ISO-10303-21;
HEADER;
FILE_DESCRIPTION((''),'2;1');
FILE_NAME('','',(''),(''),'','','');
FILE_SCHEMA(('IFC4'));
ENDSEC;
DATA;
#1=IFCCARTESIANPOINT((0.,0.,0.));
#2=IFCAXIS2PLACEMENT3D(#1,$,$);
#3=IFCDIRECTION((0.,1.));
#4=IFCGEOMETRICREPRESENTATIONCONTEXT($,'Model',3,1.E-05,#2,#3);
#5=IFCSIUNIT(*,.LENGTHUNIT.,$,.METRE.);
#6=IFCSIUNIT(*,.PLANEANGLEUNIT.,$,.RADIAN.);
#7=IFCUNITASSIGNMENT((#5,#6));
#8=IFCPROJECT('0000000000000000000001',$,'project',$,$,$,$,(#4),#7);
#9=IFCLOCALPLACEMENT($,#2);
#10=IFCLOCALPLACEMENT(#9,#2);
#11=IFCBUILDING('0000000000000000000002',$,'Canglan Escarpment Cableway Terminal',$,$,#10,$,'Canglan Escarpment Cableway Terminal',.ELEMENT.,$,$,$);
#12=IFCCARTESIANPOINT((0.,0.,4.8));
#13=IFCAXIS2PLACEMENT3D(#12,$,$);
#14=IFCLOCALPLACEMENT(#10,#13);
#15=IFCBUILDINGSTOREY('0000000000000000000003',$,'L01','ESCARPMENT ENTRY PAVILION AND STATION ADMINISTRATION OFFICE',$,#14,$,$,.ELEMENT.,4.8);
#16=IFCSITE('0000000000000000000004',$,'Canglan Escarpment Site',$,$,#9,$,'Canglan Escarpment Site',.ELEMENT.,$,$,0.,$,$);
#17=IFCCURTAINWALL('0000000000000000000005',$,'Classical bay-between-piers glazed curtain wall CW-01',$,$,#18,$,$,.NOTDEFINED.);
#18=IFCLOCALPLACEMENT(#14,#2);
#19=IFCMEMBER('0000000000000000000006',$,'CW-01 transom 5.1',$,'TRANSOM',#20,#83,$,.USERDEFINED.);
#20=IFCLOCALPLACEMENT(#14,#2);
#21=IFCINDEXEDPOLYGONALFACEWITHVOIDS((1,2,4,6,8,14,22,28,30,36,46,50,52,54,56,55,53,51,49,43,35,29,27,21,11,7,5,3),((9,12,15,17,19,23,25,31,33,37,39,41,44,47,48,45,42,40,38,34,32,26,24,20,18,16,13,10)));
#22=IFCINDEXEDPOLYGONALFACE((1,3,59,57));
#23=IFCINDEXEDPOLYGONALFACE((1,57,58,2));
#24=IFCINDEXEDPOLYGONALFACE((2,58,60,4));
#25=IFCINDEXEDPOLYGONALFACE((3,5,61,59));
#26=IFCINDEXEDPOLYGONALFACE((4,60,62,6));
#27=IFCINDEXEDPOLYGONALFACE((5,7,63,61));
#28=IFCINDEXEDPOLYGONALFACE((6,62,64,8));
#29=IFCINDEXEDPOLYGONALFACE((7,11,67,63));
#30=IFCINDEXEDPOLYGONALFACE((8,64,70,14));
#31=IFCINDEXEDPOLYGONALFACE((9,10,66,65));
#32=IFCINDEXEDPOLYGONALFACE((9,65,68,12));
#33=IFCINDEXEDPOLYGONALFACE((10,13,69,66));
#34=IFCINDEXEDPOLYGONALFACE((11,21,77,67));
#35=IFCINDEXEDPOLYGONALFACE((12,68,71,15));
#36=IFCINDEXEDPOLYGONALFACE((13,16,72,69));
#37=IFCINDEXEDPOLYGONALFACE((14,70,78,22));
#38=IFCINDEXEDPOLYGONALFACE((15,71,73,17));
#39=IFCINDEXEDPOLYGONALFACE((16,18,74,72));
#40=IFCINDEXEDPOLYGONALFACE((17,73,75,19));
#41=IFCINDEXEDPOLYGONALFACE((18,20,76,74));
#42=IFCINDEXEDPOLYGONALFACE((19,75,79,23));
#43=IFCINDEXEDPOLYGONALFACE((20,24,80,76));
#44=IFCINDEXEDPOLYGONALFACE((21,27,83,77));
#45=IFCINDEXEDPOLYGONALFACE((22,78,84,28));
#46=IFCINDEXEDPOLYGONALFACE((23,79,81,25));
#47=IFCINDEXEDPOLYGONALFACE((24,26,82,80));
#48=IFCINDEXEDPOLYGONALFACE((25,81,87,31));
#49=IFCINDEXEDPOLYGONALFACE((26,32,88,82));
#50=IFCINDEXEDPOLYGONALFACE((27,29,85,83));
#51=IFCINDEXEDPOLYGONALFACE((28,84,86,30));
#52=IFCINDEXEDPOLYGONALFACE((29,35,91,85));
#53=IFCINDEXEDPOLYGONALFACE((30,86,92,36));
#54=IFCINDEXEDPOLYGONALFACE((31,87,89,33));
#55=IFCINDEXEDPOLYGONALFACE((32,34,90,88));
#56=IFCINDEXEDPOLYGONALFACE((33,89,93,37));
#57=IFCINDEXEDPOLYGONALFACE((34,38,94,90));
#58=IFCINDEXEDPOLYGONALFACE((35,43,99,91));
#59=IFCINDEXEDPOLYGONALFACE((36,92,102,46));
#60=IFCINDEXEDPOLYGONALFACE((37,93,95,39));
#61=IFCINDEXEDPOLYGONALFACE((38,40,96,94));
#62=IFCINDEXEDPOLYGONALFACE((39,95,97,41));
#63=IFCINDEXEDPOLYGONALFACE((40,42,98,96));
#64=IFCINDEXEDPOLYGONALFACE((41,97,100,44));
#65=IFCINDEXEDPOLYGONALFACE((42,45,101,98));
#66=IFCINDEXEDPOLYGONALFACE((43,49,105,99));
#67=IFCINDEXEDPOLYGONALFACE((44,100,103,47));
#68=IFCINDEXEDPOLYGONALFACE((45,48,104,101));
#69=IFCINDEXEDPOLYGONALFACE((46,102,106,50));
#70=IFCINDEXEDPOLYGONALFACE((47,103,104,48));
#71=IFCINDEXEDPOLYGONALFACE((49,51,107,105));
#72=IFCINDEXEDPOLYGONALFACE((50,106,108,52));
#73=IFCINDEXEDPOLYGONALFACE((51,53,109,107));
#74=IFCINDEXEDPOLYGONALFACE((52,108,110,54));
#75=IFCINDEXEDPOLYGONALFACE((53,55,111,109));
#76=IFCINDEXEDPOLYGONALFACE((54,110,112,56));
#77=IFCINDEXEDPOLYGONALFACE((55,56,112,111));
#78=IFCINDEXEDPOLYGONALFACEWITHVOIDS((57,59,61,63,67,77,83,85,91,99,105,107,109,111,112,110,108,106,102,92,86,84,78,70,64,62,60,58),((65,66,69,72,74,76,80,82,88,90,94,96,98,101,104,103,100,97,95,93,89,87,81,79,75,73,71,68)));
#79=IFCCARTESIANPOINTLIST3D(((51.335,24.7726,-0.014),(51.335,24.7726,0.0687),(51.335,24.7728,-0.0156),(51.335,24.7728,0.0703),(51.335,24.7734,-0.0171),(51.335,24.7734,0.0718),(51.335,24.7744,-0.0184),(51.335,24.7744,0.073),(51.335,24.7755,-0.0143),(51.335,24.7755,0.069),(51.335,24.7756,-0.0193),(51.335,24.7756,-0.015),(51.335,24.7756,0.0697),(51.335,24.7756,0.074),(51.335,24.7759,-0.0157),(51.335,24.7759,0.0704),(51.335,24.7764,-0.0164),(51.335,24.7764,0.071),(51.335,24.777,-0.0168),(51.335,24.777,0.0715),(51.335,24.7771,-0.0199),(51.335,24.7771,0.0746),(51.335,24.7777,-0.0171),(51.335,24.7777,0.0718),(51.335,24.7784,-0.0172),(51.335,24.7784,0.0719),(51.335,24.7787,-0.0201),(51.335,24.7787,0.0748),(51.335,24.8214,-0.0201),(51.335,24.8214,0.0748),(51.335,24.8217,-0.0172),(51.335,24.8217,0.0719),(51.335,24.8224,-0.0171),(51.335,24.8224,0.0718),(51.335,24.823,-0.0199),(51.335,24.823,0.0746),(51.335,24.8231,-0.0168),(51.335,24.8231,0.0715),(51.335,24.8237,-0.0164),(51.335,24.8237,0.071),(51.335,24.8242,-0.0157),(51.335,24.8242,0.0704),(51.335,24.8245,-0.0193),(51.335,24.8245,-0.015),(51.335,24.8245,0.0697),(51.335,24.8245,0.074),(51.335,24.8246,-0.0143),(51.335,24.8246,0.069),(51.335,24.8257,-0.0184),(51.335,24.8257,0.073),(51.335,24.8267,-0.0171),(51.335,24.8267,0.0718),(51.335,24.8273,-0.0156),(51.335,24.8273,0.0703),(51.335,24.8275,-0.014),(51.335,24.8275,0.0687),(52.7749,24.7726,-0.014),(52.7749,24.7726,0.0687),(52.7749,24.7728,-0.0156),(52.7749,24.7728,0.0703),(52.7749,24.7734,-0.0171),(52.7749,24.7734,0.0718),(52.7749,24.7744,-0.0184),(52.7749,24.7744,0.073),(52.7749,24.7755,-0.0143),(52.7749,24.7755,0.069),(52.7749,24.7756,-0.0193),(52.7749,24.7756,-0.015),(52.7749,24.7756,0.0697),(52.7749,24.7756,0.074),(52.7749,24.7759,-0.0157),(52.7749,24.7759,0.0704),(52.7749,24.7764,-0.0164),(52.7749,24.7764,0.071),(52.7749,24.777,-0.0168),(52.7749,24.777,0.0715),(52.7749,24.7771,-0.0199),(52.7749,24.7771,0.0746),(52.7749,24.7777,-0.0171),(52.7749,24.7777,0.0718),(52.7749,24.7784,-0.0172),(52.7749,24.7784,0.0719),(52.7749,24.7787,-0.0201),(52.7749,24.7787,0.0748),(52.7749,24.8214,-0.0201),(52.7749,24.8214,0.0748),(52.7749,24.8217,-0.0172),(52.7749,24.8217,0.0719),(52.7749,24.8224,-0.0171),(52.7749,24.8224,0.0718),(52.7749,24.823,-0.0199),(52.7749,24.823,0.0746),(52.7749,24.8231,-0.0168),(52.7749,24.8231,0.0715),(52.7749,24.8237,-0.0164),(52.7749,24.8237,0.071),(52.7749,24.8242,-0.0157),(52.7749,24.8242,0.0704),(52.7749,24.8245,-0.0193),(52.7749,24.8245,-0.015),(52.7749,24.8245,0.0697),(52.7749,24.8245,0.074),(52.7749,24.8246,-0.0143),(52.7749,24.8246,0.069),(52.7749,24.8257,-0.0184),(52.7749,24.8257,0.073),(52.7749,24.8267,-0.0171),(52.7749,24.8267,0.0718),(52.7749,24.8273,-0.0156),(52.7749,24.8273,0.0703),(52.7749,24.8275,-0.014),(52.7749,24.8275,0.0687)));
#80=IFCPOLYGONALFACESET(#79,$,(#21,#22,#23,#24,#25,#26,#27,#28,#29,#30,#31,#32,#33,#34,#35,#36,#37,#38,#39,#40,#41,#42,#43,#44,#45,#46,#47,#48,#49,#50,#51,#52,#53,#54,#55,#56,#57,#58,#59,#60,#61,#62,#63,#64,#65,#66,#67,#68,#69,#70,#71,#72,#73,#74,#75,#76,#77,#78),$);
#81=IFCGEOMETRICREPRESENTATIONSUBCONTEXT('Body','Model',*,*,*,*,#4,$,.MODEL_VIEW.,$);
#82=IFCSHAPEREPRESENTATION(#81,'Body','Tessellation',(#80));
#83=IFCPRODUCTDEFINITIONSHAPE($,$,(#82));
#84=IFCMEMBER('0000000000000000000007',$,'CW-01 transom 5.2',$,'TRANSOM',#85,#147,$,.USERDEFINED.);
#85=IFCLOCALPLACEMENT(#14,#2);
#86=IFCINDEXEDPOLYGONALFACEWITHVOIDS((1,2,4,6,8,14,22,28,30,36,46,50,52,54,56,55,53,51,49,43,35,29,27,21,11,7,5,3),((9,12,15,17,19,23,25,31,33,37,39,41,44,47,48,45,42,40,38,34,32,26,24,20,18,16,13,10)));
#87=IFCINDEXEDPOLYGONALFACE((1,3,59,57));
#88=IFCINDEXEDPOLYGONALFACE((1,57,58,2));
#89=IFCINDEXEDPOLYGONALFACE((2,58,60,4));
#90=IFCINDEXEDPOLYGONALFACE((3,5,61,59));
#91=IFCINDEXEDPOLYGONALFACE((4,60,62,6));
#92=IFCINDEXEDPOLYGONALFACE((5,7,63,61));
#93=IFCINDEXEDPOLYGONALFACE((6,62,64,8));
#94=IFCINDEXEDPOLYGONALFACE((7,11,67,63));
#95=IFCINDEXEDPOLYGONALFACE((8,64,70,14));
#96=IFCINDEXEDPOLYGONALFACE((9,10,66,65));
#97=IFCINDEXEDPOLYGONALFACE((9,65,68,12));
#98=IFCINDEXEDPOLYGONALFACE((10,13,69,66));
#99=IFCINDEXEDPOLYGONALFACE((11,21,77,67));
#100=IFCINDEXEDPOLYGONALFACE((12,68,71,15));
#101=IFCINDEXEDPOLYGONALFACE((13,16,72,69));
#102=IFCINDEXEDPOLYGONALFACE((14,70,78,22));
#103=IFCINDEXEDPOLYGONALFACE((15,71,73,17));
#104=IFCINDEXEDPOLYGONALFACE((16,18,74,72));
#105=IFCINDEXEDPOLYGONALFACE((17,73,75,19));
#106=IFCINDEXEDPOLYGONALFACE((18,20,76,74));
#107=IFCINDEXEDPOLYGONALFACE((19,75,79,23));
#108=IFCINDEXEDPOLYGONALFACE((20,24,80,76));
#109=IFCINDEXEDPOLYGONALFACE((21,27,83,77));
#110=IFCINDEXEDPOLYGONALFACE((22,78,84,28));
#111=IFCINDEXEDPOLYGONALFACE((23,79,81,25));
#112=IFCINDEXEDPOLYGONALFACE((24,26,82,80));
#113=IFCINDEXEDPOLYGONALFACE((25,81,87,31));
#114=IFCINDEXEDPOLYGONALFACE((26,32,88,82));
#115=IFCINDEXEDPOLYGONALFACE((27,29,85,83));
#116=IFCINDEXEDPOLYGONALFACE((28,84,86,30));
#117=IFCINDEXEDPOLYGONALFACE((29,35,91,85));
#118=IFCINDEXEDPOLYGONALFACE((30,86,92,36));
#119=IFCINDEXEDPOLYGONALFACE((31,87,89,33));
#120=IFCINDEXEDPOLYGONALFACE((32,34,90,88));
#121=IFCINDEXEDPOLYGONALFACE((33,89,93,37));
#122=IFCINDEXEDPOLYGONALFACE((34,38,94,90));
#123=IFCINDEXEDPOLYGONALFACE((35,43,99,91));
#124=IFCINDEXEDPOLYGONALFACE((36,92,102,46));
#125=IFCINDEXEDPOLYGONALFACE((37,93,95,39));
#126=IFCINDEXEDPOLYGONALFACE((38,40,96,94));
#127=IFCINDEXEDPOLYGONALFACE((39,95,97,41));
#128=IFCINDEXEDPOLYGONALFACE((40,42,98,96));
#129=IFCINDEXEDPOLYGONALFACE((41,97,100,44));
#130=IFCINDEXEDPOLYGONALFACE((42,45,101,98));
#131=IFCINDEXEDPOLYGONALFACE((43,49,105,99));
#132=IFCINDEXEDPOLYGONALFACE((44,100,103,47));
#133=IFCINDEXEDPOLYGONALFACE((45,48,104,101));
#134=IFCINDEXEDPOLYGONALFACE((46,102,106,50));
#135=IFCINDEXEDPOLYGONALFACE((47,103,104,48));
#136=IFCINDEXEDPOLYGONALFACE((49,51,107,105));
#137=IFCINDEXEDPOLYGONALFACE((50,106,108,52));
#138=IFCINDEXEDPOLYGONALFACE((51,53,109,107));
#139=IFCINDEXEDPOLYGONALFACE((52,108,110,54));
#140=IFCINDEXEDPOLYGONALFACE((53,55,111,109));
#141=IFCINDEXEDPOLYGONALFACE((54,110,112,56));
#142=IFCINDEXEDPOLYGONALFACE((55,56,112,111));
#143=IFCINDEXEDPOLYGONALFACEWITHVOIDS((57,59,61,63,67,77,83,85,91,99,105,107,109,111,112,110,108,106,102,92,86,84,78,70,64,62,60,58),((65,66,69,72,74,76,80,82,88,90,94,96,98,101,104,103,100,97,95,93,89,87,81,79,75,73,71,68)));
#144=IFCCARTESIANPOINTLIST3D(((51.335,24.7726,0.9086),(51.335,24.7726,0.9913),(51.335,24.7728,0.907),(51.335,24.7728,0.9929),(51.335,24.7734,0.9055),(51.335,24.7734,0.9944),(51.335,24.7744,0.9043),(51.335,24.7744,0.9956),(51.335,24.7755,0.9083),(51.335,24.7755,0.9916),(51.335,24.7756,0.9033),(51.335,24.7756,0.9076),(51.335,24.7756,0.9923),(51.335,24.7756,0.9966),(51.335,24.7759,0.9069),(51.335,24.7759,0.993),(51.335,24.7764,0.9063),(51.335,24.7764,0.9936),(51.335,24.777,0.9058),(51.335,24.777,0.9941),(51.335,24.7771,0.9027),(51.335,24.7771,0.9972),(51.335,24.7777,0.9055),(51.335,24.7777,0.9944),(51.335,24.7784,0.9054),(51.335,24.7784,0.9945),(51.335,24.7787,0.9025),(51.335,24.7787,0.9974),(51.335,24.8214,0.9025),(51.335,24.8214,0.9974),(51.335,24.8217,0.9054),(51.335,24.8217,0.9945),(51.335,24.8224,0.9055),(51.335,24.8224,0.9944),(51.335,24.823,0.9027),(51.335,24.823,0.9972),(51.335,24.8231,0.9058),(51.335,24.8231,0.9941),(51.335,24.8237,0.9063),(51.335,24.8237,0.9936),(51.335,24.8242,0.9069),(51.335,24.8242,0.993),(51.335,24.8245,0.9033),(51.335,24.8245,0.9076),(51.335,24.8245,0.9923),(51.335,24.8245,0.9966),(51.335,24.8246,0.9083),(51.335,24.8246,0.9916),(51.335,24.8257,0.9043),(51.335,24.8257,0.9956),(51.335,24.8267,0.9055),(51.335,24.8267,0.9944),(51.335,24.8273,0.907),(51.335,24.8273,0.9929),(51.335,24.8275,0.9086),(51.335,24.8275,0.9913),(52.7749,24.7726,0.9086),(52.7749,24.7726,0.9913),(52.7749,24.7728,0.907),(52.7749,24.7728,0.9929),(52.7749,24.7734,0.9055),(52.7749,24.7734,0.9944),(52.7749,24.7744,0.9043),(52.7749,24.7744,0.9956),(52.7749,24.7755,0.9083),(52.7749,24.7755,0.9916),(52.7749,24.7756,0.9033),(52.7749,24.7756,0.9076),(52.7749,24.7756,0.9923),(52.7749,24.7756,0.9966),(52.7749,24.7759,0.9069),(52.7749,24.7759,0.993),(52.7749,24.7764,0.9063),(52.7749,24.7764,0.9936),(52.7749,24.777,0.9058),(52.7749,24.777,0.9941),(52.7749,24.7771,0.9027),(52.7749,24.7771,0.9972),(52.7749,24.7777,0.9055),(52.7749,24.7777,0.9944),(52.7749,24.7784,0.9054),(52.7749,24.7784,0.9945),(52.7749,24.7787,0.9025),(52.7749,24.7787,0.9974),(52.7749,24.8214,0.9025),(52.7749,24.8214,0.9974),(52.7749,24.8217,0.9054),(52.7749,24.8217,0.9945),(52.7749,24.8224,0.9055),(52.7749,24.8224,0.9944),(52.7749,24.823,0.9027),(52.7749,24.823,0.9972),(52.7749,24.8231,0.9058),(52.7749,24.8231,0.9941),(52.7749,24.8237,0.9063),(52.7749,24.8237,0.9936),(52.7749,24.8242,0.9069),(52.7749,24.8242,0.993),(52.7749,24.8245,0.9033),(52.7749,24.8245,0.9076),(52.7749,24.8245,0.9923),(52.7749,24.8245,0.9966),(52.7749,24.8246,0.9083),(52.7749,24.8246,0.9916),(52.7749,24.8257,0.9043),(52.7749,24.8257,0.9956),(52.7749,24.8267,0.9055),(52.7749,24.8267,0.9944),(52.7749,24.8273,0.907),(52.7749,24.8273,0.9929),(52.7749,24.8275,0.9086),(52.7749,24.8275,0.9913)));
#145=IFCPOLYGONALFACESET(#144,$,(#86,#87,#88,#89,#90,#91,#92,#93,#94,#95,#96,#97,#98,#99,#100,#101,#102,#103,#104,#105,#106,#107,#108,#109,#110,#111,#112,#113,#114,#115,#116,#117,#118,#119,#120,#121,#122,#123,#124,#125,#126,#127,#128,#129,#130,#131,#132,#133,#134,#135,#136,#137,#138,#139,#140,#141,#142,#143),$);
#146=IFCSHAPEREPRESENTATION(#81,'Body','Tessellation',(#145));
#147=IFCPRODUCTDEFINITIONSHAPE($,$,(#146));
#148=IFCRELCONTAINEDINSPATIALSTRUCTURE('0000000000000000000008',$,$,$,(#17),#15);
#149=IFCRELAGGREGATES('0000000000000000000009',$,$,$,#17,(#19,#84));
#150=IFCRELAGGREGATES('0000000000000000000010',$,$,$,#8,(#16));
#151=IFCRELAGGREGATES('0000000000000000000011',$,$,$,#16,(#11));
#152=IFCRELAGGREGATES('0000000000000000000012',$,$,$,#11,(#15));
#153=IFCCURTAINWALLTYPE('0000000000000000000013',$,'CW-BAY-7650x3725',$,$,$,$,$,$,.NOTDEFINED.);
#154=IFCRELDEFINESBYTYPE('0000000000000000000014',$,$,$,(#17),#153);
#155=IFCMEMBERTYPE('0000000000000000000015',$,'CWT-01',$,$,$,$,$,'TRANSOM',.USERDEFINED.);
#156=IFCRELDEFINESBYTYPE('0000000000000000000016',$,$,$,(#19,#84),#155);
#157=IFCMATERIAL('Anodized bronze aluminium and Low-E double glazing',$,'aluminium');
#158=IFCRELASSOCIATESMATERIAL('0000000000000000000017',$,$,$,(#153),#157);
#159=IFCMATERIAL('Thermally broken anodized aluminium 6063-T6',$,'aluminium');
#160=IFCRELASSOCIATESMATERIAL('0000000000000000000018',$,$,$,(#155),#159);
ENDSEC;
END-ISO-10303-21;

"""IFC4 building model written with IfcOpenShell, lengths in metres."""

from ifc_helpers import new_model, si_unit, direction, frame, origin, origin_2d, place, context, subcontext, project, spatial, hollow_rectangle, extrude, material, material_profile, profile_set, type_object, element, aggregate, save


model = new_model("IFC4")

# Units and contexts
model_context = context("Model", 3, precision=1e-05, world=origin(), true_north=direction((0.0, 1.0)))
body_context = subcontext(model_context, "Body", "Model", "MODEL_VIEW")
ifc_project = project(units=[si_unit("LENGTHUNIT", "METRE"), si_unit("PLANEANGLEUNIT", "RADIAN")], contexts=[model_context])

# Site, building, storey
site_placement = place(None, origin())
site = spatial("IfcSite", under=ifc_project, at=site_placement, Name="Canglan Escarpment Site", LongName="Canglan Escarpment Site", CompositionType="ELEMENT", RefElevation=0.0)
building_placement = place(site_placement, origin())
building = spatial("IfcBuilding", under=site, at=building_placement, Name="Canglan Escarpment Cableway Terminal", LongName="Canglan Escarpment Cableway Terminal", CompositionType="ELEMENT")
storey_placement = place(building_placement, frame((0.0, 0.0, 4.8)))
storey = spatial("IfcBuildingStorey", under=building, at=storey_placement, Name="L01", Description="ESCARPMENT ENTRY PAVILION AND STATION ADMINISTRATION OFFICE", CompositionType="ELEMENT", Elevation=4.8)

# Curtain wall, members
ifc_material_1 = material(Name="Anodized bronze aluminium and Low-E double glazing", Category="aluminium")
curtain_wall_type = type_object("IfcCurtainWallType", Name="CW-BAY-7650x3725", PredefinedType="NOTDEFINED", material=ifc_material_1)
curtain_wall_placement = place(storey_placement, origin())
curtain_wall = element("IfcCurtainWall", 1, at=curtain_wall_placement, inside=storey, type_object=curtain_wall_type, Name="Classical bay-between-piers glazed curtain wall CW-01", PredefinedType="NOTDEFINED")
ifc_material_2 = material(Name="Thermally broken anodized aluminium 6063-T6", Category="aluminium")
ifc_material_profile_1 = material_profile(ifc_material_2, hollow_rectangle(XDim=0.0549, YDim=0.095, WallThickness=0.0029, InnerFilletRadius=0.0029, OuterFilletRadius=0.0061, at=origin_2d()), Name="ALU-TRAN 55x95x3")
ifc_profile_set_1 = profile_set([ifc_material_profile_1], Name="Thermally broken anodized aluminium 6063-T6")
member_type_1 = type_object("IfcMemberType", Name="CWT-01", ElementType="TRANSOM", PredefinedType="USERDEFINED", material=ifc_profile_set_1)
member_1_placement = place(storey_placement, frame((52.7749, 24.8, 0.0273), z_axis=(-1.0, 0.0, 0.0), x_axis=(0.0, -1.0, 0.0)))
member_1 = element("IfcMember", 2, at=member_1_placement, type_object=member_type_1, Name="CW-01 transom 5.1", ObjectType="TRANSOM", PredefinedType="USERDEFINED", context=body_context, shape_type="SweptSolid", body=[
    extrude(hollow_rectangle(XDim=0.0549, YDim=0.095, WallThickness=0.0029, InnerFilletRadius=0.0029, OuterFilletRadius=0.0061, at=origin_2d()), origin(), (0.0, 0.0, 1.0), 1.4399),
])
member_2_placement = place(storey_placement, frame((52.7749, 24.8, 0.95), z_axis=(-1.0, 0.0, 0.0), x_axis=(0.0, -1.0, 0.0)))
member_2 = element("IfcMember", 3, at=member_2_placement, type_object=member_type_1, Name="CW-01 transom 5.2", ObjectType="TRANSOM", PredefinedType="USERDEFINED", context=body_context, shape_type="SweptSolid", body=[
    extrude(hollow_rectangle(XDim=0.0549, YDim=0.095, WallThickness=0.0029, InnerFilletRadius=0.0029, OuterFilletRadius=0.0061, at=origin_2d()), origin(), (0.0, 0.0, 1.0), 1.4399),
])
aggregate(curtain_wall, [member_1, member_2])

save(model, "model.ifc")
